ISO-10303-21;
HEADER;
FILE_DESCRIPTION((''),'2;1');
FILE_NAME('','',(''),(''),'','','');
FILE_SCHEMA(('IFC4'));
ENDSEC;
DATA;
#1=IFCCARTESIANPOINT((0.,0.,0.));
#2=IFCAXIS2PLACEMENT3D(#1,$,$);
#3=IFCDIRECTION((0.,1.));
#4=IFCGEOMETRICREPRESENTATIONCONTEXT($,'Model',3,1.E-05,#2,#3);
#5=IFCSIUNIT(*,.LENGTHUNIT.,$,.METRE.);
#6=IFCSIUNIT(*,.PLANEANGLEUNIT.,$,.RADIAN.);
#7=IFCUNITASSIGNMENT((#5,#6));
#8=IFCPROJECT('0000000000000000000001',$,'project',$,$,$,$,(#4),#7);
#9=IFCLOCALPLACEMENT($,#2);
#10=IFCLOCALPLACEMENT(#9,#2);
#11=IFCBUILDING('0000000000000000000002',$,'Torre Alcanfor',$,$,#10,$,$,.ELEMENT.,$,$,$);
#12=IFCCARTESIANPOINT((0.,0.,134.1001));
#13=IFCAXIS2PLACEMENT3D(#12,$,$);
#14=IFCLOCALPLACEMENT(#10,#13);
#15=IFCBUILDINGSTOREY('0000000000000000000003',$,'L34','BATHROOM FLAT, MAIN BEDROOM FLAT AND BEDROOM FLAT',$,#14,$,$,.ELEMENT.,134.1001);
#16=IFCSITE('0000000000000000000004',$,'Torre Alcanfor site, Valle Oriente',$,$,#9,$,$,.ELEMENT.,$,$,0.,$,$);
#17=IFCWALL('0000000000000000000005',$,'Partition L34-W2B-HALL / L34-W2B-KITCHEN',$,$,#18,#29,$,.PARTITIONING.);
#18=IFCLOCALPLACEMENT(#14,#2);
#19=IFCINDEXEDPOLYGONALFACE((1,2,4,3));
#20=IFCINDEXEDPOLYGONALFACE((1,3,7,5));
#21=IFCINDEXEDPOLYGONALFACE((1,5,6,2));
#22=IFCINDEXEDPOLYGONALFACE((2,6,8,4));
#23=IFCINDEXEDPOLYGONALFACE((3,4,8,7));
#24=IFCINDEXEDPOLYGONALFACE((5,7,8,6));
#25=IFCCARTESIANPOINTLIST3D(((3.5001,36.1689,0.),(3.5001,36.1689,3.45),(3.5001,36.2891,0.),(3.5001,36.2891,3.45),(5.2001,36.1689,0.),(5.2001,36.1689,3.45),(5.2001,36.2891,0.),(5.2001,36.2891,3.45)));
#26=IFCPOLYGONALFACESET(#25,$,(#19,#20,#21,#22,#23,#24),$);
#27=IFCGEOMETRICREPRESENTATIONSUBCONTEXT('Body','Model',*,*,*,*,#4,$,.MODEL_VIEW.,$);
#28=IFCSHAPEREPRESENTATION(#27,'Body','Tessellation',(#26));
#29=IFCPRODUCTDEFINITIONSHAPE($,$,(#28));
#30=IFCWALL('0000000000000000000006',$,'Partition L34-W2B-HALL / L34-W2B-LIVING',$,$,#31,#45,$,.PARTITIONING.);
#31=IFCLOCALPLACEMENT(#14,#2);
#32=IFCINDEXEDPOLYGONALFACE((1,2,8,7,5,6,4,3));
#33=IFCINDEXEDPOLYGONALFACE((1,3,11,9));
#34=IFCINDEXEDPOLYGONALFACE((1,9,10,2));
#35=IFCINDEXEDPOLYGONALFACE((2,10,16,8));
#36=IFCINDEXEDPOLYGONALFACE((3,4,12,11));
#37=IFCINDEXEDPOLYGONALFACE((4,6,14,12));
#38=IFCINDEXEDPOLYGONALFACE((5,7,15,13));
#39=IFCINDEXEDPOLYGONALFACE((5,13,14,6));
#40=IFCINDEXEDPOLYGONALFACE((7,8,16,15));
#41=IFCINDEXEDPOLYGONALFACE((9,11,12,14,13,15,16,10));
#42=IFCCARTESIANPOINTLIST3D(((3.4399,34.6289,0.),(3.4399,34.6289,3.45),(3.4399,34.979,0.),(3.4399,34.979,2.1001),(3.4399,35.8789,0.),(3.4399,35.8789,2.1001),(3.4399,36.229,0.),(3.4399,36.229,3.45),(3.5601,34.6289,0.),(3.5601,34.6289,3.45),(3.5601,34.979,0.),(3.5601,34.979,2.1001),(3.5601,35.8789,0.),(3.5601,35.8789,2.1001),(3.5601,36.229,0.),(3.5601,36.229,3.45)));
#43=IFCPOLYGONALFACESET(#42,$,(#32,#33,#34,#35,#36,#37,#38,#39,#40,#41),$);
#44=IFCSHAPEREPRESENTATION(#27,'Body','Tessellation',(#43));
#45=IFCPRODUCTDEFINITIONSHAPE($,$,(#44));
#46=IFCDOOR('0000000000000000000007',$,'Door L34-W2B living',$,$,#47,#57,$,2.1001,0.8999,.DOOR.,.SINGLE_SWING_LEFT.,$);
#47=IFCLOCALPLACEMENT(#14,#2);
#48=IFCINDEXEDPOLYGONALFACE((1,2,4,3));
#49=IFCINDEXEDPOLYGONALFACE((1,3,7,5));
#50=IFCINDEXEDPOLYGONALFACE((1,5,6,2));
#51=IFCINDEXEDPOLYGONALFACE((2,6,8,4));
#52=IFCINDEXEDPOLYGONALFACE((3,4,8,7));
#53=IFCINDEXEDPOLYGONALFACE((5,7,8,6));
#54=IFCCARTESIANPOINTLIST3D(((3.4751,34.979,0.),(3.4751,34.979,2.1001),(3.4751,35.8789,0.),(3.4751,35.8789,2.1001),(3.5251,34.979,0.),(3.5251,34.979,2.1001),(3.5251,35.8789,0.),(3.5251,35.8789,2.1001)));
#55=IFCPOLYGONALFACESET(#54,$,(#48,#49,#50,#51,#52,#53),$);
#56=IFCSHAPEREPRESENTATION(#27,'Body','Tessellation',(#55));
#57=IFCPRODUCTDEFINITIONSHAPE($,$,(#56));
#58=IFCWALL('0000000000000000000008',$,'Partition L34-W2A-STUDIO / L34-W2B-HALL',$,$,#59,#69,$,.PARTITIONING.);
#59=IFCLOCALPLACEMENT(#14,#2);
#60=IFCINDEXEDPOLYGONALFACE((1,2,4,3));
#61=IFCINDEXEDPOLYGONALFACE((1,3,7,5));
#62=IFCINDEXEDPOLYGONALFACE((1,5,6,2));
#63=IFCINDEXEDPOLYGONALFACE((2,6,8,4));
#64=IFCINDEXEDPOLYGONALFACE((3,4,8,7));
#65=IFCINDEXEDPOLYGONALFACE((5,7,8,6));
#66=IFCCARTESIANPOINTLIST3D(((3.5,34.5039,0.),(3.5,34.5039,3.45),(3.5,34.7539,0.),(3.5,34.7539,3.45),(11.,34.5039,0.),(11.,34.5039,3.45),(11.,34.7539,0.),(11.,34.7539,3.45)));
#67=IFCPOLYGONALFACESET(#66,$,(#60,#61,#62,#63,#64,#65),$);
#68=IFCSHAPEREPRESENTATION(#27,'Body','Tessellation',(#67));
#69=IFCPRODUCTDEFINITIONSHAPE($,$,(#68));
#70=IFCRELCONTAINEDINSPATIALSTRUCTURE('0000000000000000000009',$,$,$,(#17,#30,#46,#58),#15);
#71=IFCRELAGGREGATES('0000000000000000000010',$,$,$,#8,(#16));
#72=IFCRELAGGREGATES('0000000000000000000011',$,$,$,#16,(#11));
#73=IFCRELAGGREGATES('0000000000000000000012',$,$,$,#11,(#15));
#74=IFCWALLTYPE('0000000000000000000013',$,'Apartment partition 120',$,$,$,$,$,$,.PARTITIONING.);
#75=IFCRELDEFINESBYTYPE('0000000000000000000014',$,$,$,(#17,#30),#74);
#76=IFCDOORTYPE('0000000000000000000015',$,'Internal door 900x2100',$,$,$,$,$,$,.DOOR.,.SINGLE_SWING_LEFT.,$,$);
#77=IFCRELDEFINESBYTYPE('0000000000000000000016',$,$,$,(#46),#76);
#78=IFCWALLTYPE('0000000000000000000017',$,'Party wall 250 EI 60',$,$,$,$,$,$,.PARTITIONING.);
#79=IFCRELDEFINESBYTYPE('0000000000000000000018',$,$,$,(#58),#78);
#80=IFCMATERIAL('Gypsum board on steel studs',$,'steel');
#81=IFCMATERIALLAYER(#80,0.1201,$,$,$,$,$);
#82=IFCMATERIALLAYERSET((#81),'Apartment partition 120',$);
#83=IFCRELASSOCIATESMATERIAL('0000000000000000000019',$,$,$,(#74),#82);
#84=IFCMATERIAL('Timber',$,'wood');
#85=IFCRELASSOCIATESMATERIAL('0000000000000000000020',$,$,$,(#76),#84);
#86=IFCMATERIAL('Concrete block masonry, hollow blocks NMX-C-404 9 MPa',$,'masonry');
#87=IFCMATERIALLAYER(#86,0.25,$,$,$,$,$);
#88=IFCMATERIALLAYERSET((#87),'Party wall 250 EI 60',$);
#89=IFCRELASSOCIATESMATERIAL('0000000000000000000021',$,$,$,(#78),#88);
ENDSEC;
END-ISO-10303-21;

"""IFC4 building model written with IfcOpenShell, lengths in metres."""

from ifc_helpers import new_model, si_unit, direction, frame, frame_2d, origin, place, context, subcontext, project, spatial, rectangle, extrude, material, layer, layer_set, type_object, element, fill, save


model = new_model("IFC4")

# Units and contexts
model_context = context("Model", 3, precision=1e-05, world=origin(), true_north=direction((0.0, 1.0)))
body_context = subcontext(model_context, "Body", "Model", "MODEL_VIEW")
ifc_project = project(units=[si_unit("LENGTHUNIT", "METRE"), si_unit("PLANEANGLEUNIT", "RADIAN")], contexts=[model_context])

# Site, building, storey
site_placement = place(None, origin())
site = spatial("IfcSite", under=ifc_project, at=site_placement, Name="Torre Alcanfor site, Valle Oriente", CompositionType="ELEMENT", RefElevation=0.0)
building_placement = place(site_placement, origin())
building = spatial("IfcBuilding", under=site, at=building_placement, Name="Torre Alcanfor", CompositionType="ELEMENT")
storey_placement = place(building_placement, frame((0.0, 0.0, 134.1001)))
storey = spatial("IfcBuildingStorey", under=building, at=storey_placement, Name="L34", Description="BATHROOM FLAT, MAIN BEDROOM FLAT AND BEDROOM FLAT", CompositionType="ELEMENT", Elevation=134.1001)

# Wall
ifc_material_1 = material(Name="Gypsum board on steel studs", Category="steel")
ifc_layer_1 = layer(ifc_material_1, 0.1201)
ifc_layer_set_1 = layer_set([ifc_layer_1], Name="Apartment partition 120")
wall_type_1 = type_object("IfcWallType", Name="Apartment partition 120", PredefinedType="PARTITIONING", material=ifc_layer_set_1)
wall_1_placement = place(storey_placement, frame((3.5, 36.229, 0.0), z_axis=(0.0, 0.0, 1.0), x_axis=(1.0, 0.0, 0.0)))
element("IfcWall", 1, at=wall_1_placement, inside=storey, type_object=wall_type_1, Name="Partition L34-W2B-HALL / L34-W2B-KITCHEN", PredefinedType="PARTITIONING", context=body_context, shape_type="SweptSolid", body=[
    extrude(rectangle(XDim=1.7, YDim=0.1201, at=frame_2d((0.8501, 0.0))), origin(), (0.0, 0.0, 1.0), 3.45),
])

# Wall, opening, door
wall_2_placement = place(storey_placement, frame((3.5, 34.6289, 0.0), z_axis=(0.0, 0.0, 1.0), x_axis=(0.0, 1.0, 0.0)))
wall_2 = element("IfcWall", 2, at=wall_2_placement, inside=storey, type_object=wall_type_1, Name="Partition L34-W2B-HALL / L34-W2B-LIVING", PredefinedType="PARTITIONING", context=body_context, shape_type="SweptSolid", body=[
    extrude(rectangle(XDim=1.6001, YDim=0.1201, at=frame_2d((0.8, 0.0))), origin(), (0.0, 0.0, 1.0), 3.45),
])
opening_placement = place(wall_2_placement, frame((0.3501, 0.0, 0.0)))
opening = element("IfcOpeningElement", 3, at=opening_placement, cuts=wall_2, PredefinedType="OPENING", context=body_context, shape_type="SweptSolid", body=[
    extrude(rectangle(XDim=0.8999, YDim=2.1001, at=frame_2d((0.45, 1.05))), frame((0.0, 0.0701, 0.0), z_axis=(0.0, -1.0, 0.0), x_axis=(1.0, 0.0, 0.0)), (0.0, 0.0, 1.0), 0.1401),
])
ifc_material_2 = material(Name="Timber", Category="wood")
door_type = type_object("IfcDoorType", Name="Internal door 900x2100", OperationType="SINGLE_SWING_LEFT", PredefinedType="DOOR", material=ifc_material_2)
door_placement = place(opening_placement, origin())
door = element("IfcDoor", 4, at=door_placement, inside=storey, type_object=door_type, Name="Door L34-W2B living", OperationType="SINGLE_SWING_LEFT", OverallHeight=2.1001, OverallWidth=0.8999, PredefinedType="DOOR", context=body_context, shape_type="SweptSolid", body=[
    extrude(rectangle(XDim=0.8999, YDim=2.1001, at=frame_2d((0.45, 1.05))), frame((0.0, 0.0249, 0.0), z_axis=(0.0, -1.0, 0.0), x_axis=(1.0, 0.0, 0.0)), (0.0, 0.0, 1.0), 0.05),
])
fill(opening, door)

# Wall
ifc_material_3 = material(Name="Concrete block masonry, hollow blocks NMX-C-404 9 MPa", Category="masonry")
ifc_layer_2 = layer(ifc_material_3, 0.25)
ifc_layer_set_2 = layer_set([ifc_layer_2], Name="Party wall 250 EI 60")
wall_type_2 = type_object("IfcWallType", Name="Party wall 250 EI 60", PredefinedType="PARTITIONING", material=ifc_layer_set_2)
wall_3_placement = place(storey_placement, frame((3.5, 34.6289, 0.0), z_axis=(0.0, 0.0, 1.0), x_axis=(1.0, 0.0, 0.0)))
element("IfcWall", 5, at=wall_3_placement, inside=storey, type_object=wall_type_2, Name="Partition L34-W2A-STUDIO / L34-W2B-HALL", PredefinedType="PARTITIONING", context=body_context, shape_type="SweptSolid", body=[
    extrude(rectangle(XDim=7.5, YDim=0.25, at=frame_2d((3.75, 0.0))), origin(), (0.0, 0.0, 1.0), 3.45),
])

save(model, "model.ifc")
